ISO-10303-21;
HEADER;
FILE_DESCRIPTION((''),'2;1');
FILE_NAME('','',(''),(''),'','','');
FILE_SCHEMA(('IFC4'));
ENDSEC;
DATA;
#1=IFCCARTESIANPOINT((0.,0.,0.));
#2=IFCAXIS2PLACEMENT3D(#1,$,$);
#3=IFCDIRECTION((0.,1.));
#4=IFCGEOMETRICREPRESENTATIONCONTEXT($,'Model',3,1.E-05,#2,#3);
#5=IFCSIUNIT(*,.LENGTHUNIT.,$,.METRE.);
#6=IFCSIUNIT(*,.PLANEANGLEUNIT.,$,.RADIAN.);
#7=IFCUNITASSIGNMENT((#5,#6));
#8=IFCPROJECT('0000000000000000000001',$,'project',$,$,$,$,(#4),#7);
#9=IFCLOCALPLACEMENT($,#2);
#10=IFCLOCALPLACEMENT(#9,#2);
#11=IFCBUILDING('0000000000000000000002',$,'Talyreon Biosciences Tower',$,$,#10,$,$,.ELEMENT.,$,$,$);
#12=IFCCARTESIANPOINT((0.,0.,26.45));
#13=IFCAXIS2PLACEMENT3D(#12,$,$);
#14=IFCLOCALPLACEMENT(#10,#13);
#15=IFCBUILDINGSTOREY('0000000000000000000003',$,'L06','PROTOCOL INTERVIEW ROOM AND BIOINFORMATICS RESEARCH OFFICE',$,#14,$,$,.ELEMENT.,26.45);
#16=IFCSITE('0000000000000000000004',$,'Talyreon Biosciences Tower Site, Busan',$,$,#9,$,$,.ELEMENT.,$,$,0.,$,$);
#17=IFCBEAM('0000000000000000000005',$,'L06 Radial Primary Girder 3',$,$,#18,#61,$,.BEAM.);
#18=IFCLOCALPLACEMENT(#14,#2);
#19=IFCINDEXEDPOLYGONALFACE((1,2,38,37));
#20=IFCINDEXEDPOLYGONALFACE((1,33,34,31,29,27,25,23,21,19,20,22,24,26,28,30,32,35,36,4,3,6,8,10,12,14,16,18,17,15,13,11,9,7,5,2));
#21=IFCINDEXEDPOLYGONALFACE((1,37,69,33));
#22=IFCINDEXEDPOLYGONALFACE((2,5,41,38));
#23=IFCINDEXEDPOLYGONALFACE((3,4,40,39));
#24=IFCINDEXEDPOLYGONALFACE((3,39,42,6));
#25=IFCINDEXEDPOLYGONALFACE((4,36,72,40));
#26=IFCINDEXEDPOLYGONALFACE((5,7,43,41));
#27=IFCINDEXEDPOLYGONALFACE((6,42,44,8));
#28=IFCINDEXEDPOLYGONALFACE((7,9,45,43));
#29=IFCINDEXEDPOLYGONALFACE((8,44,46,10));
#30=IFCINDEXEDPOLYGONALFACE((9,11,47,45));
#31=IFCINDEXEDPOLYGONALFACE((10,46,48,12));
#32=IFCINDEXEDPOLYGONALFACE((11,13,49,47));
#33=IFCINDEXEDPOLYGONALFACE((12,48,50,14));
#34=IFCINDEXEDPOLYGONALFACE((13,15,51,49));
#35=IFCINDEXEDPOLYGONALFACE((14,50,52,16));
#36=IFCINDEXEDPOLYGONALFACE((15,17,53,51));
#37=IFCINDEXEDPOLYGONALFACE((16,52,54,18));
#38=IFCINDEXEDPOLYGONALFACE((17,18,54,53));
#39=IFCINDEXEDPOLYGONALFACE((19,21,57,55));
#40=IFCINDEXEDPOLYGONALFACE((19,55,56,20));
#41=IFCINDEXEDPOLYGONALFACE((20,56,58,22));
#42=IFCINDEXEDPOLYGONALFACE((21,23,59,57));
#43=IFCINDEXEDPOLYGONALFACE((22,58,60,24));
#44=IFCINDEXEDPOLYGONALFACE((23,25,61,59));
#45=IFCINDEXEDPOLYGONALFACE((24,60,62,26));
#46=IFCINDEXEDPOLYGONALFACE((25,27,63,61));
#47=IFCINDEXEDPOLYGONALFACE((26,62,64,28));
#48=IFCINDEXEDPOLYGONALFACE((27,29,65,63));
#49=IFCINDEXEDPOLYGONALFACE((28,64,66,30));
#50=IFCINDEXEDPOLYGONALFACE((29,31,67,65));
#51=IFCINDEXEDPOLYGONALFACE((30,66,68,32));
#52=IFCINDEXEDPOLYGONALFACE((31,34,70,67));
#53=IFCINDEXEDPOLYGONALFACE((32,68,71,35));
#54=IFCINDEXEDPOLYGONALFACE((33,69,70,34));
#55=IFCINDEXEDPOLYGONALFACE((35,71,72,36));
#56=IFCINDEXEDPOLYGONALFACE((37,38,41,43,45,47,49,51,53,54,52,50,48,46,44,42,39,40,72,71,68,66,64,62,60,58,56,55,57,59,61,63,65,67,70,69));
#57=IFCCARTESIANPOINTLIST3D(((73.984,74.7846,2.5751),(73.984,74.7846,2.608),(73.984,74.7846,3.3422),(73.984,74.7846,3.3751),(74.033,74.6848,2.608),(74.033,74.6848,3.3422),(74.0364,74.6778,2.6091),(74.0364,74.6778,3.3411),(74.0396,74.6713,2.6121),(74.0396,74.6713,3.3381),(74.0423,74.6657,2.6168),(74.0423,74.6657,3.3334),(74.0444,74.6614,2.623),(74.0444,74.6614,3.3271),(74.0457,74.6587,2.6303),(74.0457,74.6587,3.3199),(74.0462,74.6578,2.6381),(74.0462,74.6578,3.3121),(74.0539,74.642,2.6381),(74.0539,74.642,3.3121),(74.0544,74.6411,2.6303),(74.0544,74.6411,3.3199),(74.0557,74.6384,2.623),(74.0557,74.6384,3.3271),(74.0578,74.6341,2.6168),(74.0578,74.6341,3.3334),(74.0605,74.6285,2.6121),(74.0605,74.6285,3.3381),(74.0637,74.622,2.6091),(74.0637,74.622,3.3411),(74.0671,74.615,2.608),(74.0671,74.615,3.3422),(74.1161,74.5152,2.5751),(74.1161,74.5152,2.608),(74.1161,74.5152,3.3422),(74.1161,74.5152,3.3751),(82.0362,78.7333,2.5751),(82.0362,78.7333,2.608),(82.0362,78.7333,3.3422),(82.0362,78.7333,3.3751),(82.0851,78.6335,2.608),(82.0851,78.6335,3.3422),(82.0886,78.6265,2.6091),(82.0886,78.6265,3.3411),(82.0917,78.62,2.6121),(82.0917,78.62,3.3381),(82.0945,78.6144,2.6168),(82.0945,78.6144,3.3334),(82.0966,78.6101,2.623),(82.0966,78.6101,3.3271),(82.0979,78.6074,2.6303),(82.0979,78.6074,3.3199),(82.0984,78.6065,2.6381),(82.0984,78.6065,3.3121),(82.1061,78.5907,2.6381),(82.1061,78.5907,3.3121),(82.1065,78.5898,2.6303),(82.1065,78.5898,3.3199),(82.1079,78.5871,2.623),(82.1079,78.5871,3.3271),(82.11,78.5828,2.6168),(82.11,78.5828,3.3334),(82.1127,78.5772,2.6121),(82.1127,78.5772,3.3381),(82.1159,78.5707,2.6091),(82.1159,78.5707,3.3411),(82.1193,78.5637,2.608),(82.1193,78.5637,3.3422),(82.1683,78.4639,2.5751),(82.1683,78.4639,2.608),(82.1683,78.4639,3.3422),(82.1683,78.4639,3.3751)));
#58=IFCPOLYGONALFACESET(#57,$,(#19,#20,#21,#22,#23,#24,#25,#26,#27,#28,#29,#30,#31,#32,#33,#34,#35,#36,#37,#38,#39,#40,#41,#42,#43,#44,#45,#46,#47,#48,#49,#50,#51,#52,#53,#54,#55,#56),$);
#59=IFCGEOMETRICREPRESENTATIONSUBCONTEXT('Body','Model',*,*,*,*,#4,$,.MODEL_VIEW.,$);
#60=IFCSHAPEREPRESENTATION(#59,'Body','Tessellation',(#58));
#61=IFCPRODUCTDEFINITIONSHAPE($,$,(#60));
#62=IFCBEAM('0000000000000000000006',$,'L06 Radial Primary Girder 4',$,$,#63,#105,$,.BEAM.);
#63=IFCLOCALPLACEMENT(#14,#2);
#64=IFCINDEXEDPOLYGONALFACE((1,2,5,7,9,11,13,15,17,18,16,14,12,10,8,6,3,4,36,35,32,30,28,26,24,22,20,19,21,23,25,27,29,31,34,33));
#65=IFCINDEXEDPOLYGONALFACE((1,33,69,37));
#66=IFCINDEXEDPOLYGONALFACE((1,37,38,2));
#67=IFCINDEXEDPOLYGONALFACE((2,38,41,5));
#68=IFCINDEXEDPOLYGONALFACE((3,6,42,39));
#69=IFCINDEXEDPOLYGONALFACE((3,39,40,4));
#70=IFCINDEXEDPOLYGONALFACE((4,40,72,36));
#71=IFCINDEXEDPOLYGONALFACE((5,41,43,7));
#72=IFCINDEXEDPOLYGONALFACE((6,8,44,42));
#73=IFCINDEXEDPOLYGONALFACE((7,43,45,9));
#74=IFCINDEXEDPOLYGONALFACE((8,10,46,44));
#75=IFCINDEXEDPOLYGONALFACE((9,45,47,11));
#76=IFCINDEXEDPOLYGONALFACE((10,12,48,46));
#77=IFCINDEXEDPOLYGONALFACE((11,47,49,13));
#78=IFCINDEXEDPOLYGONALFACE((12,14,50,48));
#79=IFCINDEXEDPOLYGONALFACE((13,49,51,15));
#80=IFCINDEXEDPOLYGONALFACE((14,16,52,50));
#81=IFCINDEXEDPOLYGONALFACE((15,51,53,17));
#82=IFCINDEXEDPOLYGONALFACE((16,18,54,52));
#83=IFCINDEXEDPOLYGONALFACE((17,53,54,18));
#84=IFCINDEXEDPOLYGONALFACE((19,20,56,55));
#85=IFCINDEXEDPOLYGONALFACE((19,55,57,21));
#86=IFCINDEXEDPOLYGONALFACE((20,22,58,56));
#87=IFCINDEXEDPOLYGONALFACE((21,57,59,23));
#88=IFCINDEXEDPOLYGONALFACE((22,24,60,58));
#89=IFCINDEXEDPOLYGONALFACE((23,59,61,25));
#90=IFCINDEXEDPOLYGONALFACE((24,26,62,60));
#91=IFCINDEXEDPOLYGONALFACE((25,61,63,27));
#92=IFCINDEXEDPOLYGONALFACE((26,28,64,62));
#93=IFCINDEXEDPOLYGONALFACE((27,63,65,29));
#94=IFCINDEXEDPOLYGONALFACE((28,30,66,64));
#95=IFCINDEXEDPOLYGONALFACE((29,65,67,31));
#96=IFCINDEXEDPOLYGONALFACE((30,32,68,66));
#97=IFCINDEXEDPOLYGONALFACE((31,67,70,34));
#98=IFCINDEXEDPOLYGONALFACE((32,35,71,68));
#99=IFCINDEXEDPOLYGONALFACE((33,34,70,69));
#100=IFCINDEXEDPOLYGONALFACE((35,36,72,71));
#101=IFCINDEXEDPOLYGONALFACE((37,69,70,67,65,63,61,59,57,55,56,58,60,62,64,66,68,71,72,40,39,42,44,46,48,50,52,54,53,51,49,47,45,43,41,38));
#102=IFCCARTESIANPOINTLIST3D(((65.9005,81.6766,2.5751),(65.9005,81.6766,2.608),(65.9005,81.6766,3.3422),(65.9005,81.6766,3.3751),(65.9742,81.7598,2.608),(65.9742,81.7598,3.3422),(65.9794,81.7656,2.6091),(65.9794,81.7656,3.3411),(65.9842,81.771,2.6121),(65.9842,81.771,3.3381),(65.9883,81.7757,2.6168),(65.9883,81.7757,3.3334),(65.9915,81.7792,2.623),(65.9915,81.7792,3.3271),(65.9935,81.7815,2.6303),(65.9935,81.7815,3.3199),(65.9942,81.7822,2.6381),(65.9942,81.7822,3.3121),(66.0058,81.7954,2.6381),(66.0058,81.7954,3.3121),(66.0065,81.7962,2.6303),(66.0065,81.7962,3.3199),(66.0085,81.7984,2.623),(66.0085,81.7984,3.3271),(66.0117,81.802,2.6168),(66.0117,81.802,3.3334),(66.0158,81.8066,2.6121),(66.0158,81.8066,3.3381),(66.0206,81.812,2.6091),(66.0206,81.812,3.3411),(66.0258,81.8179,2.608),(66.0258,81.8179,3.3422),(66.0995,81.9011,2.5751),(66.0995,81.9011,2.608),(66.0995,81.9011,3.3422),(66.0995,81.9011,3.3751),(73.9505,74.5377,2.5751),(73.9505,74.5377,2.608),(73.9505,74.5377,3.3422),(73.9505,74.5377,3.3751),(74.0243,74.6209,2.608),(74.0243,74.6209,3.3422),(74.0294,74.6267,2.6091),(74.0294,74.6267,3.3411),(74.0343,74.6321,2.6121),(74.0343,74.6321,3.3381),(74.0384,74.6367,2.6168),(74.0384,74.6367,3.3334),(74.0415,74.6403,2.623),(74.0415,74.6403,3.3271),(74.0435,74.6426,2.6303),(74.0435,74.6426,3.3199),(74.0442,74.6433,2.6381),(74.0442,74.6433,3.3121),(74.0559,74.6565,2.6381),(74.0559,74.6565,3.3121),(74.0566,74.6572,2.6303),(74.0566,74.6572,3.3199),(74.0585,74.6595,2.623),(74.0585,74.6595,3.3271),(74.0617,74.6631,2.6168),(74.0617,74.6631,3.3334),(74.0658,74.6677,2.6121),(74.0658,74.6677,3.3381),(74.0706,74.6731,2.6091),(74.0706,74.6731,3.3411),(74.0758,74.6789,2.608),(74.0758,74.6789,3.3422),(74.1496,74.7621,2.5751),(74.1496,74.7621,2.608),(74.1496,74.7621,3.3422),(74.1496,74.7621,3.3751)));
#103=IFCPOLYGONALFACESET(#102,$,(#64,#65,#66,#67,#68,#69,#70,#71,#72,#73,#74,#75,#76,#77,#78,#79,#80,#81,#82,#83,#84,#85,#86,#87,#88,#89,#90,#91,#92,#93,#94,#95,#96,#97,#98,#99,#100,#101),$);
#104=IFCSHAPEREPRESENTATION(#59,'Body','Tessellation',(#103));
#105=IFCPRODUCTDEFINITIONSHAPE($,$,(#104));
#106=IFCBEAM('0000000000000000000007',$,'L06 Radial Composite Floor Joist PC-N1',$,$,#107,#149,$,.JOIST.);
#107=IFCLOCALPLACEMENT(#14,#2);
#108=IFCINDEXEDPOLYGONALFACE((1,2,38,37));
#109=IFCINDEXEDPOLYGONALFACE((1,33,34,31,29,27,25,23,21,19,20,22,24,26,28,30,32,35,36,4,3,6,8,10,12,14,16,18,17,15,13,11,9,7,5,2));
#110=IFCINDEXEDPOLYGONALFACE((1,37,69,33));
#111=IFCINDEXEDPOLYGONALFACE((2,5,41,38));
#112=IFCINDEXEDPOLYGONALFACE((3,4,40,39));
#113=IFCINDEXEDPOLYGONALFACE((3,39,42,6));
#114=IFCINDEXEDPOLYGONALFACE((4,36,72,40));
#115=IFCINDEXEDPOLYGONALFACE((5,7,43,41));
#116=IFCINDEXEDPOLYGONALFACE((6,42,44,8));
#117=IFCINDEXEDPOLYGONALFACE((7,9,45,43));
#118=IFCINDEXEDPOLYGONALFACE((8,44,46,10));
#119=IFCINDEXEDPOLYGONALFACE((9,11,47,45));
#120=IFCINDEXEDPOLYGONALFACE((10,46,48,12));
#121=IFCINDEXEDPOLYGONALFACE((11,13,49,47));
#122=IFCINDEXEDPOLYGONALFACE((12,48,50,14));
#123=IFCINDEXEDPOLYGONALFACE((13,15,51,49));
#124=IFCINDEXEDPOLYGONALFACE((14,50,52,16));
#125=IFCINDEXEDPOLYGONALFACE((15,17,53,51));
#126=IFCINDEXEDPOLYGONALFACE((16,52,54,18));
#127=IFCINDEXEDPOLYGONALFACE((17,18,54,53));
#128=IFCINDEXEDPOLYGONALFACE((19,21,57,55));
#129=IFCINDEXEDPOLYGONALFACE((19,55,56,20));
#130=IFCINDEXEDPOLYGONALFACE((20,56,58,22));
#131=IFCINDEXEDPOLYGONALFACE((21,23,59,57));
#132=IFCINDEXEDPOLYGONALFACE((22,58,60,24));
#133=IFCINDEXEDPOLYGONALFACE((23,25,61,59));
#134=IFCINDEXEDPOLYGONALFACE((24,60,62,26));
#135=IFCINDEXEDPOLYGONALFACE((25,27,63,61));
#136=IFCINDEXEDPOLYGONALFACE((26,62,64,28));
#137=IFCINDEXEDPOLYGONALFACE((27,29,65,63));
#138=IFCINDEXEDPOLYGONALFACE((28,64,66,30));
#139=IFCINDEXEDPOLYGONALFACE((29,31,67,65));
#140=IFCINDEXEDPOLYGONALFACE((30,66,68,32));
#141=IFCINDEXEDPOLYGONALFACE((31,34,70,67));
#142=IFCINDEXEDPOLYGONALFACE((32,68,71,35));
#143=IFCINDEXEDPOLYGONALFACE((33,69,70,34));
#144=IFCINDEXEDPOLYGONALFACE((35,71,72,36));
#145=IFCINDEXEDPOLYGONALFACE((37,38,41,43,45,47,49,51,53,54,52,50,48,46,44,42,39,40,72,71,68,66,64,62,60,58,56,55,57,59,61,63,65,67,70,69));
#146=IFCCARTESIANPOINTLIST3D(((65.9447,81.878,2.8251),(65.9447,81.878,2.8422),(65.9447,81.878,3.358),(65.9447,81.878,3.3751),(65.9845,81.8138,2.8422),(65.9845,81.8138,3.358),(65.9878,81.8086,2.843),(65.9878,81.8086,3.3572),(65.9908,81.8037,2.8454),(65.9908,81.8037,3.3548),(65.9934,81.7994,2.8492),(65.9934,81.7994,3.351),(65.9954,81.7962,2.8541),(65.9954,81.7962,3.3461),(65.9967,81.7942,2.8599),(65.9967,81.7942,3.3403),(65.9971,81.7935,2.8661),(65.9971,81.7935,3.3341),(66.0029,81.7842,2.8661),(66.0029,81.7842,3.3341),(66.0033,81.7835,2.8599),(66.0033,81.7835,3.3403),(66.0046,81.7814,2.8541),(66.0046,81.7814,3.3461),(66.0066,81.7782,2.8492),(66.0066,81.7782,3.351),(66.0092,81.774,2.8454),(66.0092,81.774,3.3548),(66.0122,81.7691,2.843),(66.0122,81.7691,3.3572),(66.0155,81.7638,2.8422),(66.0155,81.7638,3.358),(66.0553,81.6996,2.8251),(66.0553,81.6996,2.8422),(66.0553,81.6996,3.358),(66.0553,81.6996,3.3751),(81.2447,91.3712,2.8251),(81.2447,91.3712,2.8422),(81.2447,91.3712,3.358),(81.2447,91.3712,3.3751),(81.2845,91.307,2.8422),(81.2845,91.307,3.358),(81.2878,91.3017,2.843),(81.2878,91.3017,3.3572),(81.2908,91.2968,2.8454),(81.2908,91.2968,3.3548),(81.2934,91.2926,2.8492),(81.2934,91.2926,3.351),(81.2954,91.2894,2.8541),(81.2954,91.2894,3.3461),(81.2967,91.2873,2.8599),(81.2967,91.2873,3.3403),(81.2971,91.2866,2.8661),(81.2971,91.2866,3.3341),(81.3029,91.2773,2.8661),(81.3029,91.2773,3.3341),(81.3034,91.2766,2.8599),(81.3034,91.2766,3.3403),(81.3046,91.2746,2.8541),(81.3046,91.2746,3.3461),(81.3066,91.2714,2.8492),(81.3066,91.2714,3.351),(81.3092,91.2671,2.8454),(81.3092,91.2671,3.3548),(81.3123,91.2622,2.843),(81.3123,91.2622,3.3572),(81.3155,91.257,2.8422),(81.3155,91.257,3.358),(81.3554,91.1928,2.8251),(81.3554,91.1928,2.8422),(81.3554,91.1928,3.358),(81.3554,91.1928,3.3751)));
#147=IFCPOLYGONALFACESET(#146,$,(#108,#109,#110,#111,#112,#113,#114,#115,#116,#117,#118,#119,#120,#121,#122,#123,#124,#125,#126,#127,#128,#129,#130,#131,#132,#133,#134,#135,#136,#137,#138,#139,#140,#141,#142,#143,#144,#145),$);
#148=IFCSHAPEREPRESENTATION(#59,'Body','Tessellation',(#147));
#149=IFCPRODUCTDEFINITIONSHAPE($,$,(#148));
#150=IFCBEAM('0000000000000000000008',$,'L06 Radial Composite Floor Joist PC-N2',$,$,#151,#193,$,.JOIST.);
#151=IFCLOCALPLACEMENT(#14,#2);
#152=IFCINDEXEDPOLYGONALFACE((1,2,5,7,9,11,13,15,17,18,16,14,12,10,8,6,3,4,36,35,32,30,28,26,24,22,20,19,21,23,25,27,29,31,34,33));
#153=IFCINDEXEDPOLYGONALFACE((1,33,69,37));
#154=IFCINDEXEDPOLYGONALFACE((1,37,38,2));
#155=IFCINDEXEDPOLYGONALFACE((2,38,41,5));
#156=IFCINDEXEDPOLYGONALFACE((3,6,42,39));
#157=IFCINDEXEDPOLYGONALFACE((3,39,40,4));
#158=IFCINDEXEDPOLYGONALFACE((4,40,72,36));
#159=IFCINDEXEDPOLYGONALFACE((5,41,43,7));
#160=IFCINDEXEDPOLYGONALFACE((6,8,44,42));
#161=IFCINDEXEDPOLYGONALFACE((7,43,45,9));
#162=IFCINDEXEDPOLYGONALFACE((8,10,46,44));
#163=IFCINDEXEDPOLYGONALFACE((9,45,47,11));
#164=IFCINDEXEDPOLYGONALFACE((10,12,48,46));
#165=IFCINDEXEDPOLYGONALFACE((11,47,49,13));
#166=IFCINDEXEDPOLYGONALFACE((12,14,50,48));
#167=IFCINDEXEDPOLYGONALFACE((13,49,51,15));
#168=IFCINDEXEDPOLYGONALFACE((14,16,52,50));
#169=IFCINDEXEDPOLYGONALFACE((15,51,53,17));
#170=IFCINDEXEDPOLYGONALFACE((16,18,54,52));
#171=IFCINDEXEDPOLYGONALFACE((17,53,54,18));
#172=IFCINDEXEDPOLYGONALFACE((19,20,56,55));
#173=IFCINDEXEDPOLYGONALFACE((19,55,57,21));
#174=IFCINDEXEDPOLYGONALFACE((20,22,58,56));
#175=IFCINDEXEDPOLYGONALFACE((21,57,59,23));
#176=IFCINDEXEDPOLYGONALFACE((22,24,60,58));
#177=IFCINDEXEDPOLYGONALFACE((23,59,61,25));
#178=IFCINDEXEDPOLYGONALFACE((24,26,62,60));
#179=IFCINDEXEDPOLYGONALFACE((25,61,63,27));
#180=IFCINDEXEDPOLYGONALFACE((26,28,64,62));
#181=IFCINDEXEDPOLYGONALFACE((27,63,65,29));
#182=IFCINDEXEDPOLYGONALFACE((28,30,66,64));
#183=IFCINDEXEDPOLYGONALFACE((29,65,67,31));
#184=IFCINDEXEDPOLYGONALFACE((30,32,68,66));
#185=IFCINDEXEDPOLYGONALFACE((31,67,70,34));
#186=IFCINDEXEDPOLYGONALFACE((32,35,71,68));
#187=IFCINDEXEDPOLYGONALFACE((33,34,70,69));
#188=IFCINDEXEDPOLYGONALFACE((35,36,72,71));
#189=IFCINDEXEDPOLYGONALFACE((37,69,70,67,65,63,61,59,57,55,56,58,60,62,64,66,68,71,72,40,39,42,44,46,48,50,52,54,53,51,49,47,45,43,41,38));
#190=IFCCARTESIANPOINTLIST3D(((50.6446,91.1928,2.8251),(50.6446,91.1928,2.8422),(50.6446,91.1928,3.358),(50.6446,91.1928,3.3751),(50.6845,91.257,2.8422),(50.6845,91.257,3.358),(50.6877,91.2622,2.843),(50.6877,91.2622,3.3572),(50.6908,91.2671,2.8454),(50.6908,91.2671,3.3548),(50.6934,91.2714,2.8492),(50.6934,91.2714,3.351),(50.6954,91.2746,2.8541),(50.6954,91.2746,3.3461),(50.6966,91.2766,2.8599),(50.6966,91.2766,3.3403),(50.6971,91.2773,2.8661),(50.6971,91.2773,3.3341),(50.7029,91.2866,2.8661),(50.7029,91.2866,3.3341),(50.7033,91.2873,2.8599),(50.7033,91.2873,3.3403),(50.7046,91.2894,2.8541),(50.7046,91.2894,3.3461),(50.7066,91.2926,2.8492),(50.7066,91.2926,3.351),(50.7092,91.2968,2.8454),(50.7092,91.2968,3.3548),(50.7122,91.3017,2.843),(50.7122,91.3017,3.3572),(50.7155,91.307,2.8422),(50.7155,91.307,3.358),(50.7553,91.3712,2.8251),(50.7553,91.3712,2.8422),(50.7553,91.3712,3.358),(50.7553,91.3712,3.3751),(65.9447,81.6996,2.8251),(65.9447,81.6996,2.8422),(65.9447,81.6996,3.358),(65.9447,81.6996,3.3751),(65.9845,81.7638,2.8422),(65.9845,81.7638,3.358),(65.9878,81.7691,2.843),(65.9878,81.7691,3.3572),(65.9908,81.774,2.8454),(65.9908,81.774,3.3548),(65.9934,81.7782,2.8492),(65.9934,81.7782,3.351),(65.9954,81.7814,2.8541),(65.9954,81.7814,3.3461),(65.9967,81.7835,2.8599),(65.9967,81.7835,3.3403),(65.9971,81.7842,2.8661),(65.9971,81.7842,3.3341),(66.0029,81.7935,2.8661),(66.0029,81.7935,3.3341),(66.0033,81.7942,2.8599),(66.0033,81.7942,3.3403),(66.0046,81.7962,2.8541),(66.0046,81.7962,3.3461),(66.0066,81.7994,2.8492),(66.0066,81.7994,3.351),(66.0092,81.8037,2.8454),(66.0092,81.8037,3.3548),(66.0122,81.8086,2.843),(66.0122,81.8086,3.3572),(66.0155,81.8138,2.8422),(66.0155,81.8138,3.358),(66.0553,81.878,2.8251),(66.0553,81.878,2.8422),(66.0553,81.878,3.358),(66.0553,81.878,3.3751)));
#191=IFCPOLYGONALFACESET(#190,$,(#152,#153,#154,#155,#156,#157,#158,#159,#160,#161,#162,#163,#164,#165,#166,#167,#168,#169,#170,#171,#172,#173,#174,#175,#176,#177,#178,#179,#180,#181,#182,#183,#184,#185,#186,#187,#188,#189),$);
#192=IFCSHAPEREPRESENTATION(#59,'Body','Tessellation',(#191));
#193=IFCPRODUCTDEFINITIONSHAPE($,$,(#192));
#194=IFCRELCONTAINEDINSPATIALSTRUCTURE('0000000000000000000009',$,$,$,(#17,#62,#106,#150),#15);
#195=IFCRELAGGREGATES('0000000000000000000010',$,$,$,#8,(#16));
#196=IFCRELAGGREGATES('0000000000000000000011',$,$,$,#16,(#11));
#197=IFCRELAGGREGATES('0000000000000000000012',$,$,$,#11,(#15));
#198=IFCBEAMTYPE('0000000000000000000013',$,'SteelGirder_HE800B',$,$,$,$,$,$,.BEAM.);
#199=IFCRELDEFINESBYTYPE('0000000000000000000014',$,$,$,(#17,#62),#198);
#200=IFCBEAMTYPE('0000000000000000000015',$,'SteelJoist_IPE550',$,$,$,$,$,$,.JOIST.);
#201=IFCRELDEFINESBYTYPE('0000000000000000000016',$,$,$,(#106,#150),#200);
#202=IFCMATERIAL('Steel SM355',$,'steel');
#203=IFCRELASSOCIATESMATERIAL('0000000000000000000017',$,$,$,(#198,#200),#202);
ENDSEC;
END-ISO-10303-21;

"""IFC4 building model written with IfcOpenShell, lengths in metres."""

from ifc_helpers import new_model, si_unit, direction, frame, origin, origin_2d, place, context, subcontext, project, spatial, i_section, extrude, material, material_profile, profile_set, type_object, element, save


model = new_model("IFC4")

# Units and contexts
model_context = context("Model", 3, precision=1e-05, world=origin(), true_north=direction((0.0, 1.0)))
body_context = subcontext(model_context, "Body", "Model", "MODEL_VIEW")
ifc_project = project(units=[si_unit("LENGTHUNIT", "METRE"), si_unit("PLANEANGLEUNIT", "RADIAN")], contexts=[model_context])

# Site, building, storey
site_placement = place(None, origin())
site = spatial("IfcSite", under=ifc_project, at=site_placement, Name="Talyreon Biosciences Tower Site, Busan", CompositionType="ELEMENT", RefElevation=0.0)
building_placement = place(site_placement, origin())
building = spatial("IfcBuilding", under=site, at=building_placement, Name="Talyreon Biosciences Tower", CompositionType="ELEMENT")
storey_placement = place(building_placement, frame((0.0, 0.0, 26.45)))
storey = spatial("IfcBuildingStorey", under=building, at=storey_placement, Name="L06", Description="PROTOCOL INTERVIEW ROOM AND BIOINFORMATICS RESEARCH OFFICE", CompositionType="ELEMENT", Elevation=26.45)

# Beams
ifc_material_1 = material(Name="Steel SM355", Category="steel")
ifc_material_profile_1 = material_profile(ifc_material_1, i_section(OverallWidth=0.3, OverallDepth=0.8, WebThickness=0.0176, FlangeThickness=0.033, FilletRadius=0.03, at=origin_2d()), Name="HE800B")
ifc_profile_set_1 = profile_set([ifc_material_profile_1], Name="Steel SM355")
beam_type_1 = type_object("IfcBeamType", Name="SteelGirder_HE800B", PredefinedType="BEAM", material=ifc_profile_set_1)
beam_1_placement = place(storey_placement, frame((74.05, 74.6499, 2.9751), z_axis=(0.897852, 0.440297, 0.0), x_axis=(-0.440297, 0.897852, 0.0)))
element("IfcBeam", 1, at=beam_1_placement, inside=storey, type_object=beam_type_1, Name="L06 Radial Primary Girder 3", PredefinedType="BEAM", context=body_context, shape_type="SweptSolid", body=[
    extrude(i_section(OverallWidth=0.3, OverallDepth=0.8, WebThickness=0.0176, FlangeThickness=0.033, FilletRadius=0.03, at=origin_2d()), origin(), (0.0, 0.0, 1.0), 8.9683),
])
beam_2_placement = place(storey_placement, frame((74.05, 74.6499, 2.9751), z_axis=(-0.748179, 0.663497, 0.0), x_axis=(-0.663497, -0.748179, 0.0)))
element("IfcBeam", 2, at=beam_2_placement, inside=storey, type_object=beam_type_1, Name="L06 Radial Primary Girder 4", PredefinedType="BEAM", context=body_context, shape_type="SweptSolid", body=[
    extrude(i_section(OverallWidth=0.3, OverallDepth=0.8, WebThickness=0.0176, FlangeThickness=0.033, FilletRadius=0.03, at=origin_2d()), origin(), (0.0, 0.0, 1.0), 10.7595),
])
ifc_material_profile_2 = material_profile(ifc_material_1, i_section(OverallWidth=0.21, OverallDepth=0.55, WebThickness=0.011, FlangeThickness=0.0171, FilletRadius=0.0239, at=origin_2d()), Name="IPE550")
ifc_profile_set_2 = profile_set([ifc_material_profile_2], Name="Steel SM355")
beam_type_2 = type_object("IfcBeamType", Name="SteelJoist_IPE550", PredefinedType="JOIST", material=ifc_profile_set_2)
for number, where, z_axis, x_axis, name in (
    (3, (66.0, 81.7888, 3.1001), (0.849725, 0.527226, 0.0), (-0.527226, 0.849725, 0.0), "L06 Radial Composite Floor Joist PC-N1"),
    (4, (66.0, 81.7888, 3.1001), (-0.849725, 0.527226, 0.0), (-0.527226, -0.849725, 0.0), "L06 Radial Composite Floor Joist PC-N2"),
):
    element("IfcBeam", number, at=place(storey_placement, frame(where, z_axis=z_axis, x_axis=x_axis)), inside=storey, type_object=beam_type_2, Name=name, PredefinedType="JOIST", context=body_context, shape_type="SweptSolid", body=[
        extrude(i_section(OverallWidth=0.21, OverallDepth=0.55, WebThickness=0.011, FlangeThickness=0.0171, FilletRadius=0.0239, at=origin_2d()), origin(), (0.0, 0.0, 1.0), 18.0059),
    ])

save(model, "model.ifc")
